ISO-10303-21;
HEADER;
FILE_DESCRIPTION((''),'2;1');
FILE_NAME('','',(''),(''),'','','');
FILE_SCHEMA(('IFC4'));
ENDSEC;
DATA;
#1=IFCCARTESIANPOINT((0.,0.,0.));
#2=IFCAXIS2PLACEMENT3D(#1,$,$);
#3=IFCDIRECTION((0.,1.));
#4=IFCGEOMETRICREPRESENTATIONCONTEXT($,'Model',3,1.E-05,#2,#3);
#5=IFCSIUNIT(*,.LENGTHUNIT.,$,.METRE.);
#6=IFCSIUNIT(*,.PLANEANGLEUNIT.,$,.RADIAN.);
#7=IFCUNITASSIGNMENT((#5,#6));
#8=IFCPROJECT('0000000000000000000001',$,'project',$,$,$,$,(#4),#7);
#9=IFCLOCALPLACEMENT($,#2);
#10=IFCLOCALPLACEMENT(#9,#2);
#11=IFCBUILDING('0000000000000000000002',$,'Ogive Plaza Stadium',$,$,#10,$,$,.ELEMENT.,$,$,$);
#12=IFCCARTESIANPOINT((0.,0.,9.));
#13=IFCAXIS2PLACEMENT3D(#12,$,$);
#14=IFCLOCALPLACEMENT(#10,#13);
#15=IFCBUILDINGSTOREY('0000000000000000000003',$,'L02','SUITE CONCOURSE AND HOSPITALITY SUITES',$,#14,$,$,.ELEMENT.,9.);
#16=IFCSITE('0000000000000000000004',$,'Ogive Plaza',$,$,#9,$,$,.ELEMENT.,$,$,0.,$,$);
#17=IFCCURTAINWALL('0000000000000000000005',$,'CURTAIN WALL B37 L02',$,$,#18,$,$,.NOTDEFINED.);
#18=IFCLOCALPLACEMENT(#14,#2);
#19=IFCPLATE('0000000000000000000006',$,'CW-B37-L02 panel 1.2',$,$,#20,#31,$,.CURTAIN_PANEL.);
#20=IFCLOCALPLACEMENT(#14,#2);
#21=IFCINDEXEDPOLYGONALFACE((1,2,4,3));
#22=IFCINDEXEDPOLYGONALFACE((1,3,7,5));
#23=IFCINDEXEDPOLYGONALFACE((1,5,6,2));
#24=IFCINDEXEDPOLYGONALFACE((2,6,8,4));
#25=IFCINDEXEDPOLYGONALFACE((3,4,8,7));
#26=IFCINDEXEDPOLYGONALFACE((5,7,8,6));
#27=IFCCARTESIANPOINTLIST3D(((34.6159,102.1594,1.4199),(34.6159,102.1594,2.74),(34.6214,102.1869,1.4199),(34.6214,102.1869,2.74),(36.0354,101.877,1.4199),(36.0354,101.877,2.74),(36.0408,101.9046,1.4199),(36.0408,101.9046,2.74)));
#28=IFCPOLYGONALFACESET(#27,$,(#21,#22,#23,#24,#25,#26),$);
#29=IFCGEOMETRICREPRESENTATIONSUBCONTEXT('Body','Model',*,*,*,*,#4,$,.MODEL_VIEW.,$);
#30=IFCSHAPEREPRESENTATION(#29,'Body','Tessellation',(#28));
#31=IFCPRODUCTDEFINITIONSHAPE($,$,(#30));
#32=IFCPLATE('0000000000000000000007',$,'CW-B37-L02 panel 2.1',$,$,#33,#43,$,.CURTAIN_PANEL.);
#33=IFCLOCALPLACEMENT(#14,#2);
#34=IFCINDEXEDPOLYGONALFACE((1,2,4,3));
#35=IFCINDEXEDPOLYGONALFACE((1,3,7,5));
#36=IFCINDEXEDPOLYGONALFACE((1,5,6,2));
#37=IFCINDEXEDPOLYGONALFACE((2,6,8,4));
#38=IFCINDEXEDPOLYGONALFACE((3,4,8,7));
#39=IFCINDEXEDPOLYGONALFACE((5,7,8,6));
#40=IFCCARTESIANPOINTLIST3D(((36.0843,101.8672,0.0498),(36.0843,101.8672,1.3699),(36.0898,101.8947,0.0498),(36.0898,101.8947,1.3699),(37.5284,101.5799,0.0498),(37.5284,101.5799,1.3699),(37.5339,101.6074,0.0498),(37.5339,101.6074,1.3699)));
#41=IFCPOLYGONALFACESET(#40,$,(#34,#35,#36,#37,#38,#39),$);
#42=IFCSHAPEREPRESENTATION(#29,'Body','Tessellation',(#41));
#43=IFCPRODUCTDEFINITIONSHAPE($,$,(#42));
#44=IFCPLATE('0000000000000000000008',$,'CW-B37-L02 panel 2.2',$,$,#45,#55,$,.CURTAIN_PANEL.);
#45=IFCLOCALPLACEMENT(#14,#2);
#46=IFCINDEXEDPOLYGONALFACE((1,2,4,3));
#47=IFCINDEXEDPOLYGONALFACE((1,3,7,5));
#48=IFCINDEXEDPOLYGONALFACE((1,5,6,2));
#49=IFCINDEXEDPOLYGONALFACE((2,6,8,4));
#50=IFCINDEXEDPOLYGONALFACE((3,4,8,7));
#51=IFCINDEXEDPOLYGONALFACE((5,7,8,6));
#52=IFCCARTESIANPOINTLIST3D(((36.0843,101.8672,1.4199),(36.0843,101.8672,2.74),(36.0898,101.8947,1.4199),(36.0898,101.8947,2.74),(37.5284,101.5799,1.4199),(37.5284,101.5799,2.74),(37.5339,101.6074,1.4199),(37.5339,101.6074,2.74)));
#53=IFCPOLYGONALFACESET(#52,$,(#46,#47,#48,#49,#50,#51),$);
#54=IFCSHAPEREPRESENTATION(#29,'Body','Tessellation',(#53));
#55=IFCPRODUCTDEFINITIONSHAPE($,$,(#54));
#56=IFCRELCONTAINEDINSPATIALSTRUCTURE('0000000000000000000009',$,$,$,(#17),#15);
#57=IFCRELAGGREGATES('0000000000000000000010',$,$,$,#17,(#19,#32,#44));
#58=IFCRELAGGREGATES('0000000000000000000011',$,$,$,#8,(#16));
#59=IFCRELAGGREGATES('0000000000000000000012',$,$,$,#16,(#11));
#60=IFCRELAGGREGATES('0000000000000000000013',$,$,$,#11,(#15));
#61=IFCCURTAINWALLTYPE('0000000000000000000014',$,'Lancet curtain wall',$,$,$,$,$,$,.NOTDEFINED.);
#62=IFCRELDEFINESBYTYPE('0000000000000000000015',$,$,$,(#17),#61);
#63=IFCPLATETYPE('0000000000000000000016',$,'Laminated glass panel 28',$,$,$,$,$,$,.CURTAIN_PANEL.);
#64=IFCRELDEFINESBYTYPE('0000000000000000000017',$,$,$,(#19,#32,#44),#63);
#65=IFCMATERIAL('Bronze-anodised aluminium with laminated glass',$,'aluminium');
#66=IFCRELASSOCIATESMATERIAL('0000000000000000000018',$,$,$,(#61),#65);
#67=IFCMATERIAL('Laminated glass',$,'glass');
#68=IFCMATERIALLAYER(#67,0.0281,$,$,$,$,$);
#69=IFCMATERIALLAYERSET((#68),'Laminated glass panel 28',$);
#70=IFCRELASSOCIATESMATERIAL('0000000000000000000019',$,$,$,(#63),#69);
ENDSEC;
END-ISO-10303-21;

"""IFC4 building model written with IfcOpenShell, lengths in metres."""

from ifc_helpers import new_model, si_unit, direction, frame, origin, origin_2d, place, context, subcontext, project, spatial, rectangle, extrude, material, layer, layer_set, type_object, element, aggregate, save


model = new_model("IFC4")

# Units and contexts
model_context = context("Model", 3, precision=1e-05, world=origin(), true_north=direction((0.0, 1.0)))
body_context = subcontext(model_context, "Body", "Model", "MODEL_VIEW")
ifc_project = project(units=[si_unit("LENGTHUNIT", "METRE"), si_unit("PLANEANGLEUNIT", "RADIAN")], contexts=[model_context])

# Site, building, storey
site_placement = place(None, origin())
site = spatial("IfcSite", under=ifc_project, at=site_placement, Name="Ogive Plaza", CompositionType="ELEMENT", RefElevation=0.0)
building_placement = place(site_placement, origin())
building = spatial("IfcBuilding", under=site, at=building_placement, Name="Ogive Plaza Stadium", CompositionType="ELEMENT")
storey_placement = place(building_placement, frame((0.0, 0.0, 9.0)))
storey = spatial("IfcBuildingStorey", under=building, at=storey_placement, Name="L02", Description="SUITE CONCOURSE AND HOSPITALITY SUITES", CompositionType="ELEMENT", Elevation=9.0)

# Curtain wall
ifc_material_1 = material(Name="Bronze-anodised aluminium with laminated glass", Category="aluminium")
curtain_wall_type = type_object("IfcCurtainWallType", Name="Lancet curtain wall", PredefinedType="NOTDEFINED", material=ifc_material_1)
curtain_wall_1_placement = place(storey_placement, origin())
curtain_wall_1 = element("IfcCurtainWall", 1, at=curtain_wall_1_placement, inside=storey, type_object=curtain_wall_type, Name="CURTAIN WALL B37 L02", PredefinedType="NOTDEFINED")

# Plates
ifc_material_2 = material(Name="Laminated glass", Category="glass")
ifc_layer = layer(ifc_material_2, 0.0281)
ifc_layer_set = layer_set([ifc_layer], Name="Laminated glass panel 28")
plate_type = type_object("IfcPlateType", Name="Laminated glass panel 28", PredefinedType="CURTAIN_PANEL", material=ifc_layer_set)
plate_1_placement = place(storey_placement, frame((35.3284, 102.032, 1.4199), z_axis=(0.0, 0.0, 1.0), x_axis=(0.980785, -0.19509, 0.0)))
plate_1 = element("IfcPlate", 2, at=plate_1_placement, type_object=plate_type, Name="CW-B37-L02 panel 1.2", PredefinedType="CURTAIN_PANEL", context=body_context, shape_type="SweptSolid", body=[
    extrude(rectangle(XDim=1.4473, YDim=0.0281, at=origin_2d()), origin(), (0.0, 0.0, 1.0), 1.3201),
])
plate_2_placement = place(storey_placement, frame((36.8091, 101.7373, 0.0498), z_axis=(0.0, 0.0, 1.0), x_axis=(0.980785, -0.19509, 0.0)))
plate_2 = element("IfcPlate", 3, at=plate_2_placement, type_object=plate_type, Name="CW-B37-L02 panel 2.1", PredefinedType="CURTAIN_PANEL", context=body_context, shape_type="SweptSolid", body=[
    extrude(rectangle(XDim=1.4724, YDim=0.0281, at=origin_2d()), origin(), (0.0, 0.0, 1.0), 1.3201),
])
plate_3_placement = place(storey_placement, frame((36.8091, 101.7373, 1.4199), z_axis=(0.0, 0.0, 1.0), x_axis=(0.980785, -0.19509, 0.0)))
plate_3 = element("IfcPlate", 4, at=plate_3_placement, type_object=plate_type, Name="CW-B37-L02 panel 2.2", PredefinedType="CURTAIN_PANEL", context=body_context, shape_type="SweptSolid", body=[
    extrude(rectangle(XDim=1.4724, YDim=0.0281, at=origin_2d()), origin(), (0.0, 0.0, 1.0), 1.3201),
])
aggregate(curtain_wall_1, [plate_1, plate_2, plate_3])

save(model, "model.ifc")
